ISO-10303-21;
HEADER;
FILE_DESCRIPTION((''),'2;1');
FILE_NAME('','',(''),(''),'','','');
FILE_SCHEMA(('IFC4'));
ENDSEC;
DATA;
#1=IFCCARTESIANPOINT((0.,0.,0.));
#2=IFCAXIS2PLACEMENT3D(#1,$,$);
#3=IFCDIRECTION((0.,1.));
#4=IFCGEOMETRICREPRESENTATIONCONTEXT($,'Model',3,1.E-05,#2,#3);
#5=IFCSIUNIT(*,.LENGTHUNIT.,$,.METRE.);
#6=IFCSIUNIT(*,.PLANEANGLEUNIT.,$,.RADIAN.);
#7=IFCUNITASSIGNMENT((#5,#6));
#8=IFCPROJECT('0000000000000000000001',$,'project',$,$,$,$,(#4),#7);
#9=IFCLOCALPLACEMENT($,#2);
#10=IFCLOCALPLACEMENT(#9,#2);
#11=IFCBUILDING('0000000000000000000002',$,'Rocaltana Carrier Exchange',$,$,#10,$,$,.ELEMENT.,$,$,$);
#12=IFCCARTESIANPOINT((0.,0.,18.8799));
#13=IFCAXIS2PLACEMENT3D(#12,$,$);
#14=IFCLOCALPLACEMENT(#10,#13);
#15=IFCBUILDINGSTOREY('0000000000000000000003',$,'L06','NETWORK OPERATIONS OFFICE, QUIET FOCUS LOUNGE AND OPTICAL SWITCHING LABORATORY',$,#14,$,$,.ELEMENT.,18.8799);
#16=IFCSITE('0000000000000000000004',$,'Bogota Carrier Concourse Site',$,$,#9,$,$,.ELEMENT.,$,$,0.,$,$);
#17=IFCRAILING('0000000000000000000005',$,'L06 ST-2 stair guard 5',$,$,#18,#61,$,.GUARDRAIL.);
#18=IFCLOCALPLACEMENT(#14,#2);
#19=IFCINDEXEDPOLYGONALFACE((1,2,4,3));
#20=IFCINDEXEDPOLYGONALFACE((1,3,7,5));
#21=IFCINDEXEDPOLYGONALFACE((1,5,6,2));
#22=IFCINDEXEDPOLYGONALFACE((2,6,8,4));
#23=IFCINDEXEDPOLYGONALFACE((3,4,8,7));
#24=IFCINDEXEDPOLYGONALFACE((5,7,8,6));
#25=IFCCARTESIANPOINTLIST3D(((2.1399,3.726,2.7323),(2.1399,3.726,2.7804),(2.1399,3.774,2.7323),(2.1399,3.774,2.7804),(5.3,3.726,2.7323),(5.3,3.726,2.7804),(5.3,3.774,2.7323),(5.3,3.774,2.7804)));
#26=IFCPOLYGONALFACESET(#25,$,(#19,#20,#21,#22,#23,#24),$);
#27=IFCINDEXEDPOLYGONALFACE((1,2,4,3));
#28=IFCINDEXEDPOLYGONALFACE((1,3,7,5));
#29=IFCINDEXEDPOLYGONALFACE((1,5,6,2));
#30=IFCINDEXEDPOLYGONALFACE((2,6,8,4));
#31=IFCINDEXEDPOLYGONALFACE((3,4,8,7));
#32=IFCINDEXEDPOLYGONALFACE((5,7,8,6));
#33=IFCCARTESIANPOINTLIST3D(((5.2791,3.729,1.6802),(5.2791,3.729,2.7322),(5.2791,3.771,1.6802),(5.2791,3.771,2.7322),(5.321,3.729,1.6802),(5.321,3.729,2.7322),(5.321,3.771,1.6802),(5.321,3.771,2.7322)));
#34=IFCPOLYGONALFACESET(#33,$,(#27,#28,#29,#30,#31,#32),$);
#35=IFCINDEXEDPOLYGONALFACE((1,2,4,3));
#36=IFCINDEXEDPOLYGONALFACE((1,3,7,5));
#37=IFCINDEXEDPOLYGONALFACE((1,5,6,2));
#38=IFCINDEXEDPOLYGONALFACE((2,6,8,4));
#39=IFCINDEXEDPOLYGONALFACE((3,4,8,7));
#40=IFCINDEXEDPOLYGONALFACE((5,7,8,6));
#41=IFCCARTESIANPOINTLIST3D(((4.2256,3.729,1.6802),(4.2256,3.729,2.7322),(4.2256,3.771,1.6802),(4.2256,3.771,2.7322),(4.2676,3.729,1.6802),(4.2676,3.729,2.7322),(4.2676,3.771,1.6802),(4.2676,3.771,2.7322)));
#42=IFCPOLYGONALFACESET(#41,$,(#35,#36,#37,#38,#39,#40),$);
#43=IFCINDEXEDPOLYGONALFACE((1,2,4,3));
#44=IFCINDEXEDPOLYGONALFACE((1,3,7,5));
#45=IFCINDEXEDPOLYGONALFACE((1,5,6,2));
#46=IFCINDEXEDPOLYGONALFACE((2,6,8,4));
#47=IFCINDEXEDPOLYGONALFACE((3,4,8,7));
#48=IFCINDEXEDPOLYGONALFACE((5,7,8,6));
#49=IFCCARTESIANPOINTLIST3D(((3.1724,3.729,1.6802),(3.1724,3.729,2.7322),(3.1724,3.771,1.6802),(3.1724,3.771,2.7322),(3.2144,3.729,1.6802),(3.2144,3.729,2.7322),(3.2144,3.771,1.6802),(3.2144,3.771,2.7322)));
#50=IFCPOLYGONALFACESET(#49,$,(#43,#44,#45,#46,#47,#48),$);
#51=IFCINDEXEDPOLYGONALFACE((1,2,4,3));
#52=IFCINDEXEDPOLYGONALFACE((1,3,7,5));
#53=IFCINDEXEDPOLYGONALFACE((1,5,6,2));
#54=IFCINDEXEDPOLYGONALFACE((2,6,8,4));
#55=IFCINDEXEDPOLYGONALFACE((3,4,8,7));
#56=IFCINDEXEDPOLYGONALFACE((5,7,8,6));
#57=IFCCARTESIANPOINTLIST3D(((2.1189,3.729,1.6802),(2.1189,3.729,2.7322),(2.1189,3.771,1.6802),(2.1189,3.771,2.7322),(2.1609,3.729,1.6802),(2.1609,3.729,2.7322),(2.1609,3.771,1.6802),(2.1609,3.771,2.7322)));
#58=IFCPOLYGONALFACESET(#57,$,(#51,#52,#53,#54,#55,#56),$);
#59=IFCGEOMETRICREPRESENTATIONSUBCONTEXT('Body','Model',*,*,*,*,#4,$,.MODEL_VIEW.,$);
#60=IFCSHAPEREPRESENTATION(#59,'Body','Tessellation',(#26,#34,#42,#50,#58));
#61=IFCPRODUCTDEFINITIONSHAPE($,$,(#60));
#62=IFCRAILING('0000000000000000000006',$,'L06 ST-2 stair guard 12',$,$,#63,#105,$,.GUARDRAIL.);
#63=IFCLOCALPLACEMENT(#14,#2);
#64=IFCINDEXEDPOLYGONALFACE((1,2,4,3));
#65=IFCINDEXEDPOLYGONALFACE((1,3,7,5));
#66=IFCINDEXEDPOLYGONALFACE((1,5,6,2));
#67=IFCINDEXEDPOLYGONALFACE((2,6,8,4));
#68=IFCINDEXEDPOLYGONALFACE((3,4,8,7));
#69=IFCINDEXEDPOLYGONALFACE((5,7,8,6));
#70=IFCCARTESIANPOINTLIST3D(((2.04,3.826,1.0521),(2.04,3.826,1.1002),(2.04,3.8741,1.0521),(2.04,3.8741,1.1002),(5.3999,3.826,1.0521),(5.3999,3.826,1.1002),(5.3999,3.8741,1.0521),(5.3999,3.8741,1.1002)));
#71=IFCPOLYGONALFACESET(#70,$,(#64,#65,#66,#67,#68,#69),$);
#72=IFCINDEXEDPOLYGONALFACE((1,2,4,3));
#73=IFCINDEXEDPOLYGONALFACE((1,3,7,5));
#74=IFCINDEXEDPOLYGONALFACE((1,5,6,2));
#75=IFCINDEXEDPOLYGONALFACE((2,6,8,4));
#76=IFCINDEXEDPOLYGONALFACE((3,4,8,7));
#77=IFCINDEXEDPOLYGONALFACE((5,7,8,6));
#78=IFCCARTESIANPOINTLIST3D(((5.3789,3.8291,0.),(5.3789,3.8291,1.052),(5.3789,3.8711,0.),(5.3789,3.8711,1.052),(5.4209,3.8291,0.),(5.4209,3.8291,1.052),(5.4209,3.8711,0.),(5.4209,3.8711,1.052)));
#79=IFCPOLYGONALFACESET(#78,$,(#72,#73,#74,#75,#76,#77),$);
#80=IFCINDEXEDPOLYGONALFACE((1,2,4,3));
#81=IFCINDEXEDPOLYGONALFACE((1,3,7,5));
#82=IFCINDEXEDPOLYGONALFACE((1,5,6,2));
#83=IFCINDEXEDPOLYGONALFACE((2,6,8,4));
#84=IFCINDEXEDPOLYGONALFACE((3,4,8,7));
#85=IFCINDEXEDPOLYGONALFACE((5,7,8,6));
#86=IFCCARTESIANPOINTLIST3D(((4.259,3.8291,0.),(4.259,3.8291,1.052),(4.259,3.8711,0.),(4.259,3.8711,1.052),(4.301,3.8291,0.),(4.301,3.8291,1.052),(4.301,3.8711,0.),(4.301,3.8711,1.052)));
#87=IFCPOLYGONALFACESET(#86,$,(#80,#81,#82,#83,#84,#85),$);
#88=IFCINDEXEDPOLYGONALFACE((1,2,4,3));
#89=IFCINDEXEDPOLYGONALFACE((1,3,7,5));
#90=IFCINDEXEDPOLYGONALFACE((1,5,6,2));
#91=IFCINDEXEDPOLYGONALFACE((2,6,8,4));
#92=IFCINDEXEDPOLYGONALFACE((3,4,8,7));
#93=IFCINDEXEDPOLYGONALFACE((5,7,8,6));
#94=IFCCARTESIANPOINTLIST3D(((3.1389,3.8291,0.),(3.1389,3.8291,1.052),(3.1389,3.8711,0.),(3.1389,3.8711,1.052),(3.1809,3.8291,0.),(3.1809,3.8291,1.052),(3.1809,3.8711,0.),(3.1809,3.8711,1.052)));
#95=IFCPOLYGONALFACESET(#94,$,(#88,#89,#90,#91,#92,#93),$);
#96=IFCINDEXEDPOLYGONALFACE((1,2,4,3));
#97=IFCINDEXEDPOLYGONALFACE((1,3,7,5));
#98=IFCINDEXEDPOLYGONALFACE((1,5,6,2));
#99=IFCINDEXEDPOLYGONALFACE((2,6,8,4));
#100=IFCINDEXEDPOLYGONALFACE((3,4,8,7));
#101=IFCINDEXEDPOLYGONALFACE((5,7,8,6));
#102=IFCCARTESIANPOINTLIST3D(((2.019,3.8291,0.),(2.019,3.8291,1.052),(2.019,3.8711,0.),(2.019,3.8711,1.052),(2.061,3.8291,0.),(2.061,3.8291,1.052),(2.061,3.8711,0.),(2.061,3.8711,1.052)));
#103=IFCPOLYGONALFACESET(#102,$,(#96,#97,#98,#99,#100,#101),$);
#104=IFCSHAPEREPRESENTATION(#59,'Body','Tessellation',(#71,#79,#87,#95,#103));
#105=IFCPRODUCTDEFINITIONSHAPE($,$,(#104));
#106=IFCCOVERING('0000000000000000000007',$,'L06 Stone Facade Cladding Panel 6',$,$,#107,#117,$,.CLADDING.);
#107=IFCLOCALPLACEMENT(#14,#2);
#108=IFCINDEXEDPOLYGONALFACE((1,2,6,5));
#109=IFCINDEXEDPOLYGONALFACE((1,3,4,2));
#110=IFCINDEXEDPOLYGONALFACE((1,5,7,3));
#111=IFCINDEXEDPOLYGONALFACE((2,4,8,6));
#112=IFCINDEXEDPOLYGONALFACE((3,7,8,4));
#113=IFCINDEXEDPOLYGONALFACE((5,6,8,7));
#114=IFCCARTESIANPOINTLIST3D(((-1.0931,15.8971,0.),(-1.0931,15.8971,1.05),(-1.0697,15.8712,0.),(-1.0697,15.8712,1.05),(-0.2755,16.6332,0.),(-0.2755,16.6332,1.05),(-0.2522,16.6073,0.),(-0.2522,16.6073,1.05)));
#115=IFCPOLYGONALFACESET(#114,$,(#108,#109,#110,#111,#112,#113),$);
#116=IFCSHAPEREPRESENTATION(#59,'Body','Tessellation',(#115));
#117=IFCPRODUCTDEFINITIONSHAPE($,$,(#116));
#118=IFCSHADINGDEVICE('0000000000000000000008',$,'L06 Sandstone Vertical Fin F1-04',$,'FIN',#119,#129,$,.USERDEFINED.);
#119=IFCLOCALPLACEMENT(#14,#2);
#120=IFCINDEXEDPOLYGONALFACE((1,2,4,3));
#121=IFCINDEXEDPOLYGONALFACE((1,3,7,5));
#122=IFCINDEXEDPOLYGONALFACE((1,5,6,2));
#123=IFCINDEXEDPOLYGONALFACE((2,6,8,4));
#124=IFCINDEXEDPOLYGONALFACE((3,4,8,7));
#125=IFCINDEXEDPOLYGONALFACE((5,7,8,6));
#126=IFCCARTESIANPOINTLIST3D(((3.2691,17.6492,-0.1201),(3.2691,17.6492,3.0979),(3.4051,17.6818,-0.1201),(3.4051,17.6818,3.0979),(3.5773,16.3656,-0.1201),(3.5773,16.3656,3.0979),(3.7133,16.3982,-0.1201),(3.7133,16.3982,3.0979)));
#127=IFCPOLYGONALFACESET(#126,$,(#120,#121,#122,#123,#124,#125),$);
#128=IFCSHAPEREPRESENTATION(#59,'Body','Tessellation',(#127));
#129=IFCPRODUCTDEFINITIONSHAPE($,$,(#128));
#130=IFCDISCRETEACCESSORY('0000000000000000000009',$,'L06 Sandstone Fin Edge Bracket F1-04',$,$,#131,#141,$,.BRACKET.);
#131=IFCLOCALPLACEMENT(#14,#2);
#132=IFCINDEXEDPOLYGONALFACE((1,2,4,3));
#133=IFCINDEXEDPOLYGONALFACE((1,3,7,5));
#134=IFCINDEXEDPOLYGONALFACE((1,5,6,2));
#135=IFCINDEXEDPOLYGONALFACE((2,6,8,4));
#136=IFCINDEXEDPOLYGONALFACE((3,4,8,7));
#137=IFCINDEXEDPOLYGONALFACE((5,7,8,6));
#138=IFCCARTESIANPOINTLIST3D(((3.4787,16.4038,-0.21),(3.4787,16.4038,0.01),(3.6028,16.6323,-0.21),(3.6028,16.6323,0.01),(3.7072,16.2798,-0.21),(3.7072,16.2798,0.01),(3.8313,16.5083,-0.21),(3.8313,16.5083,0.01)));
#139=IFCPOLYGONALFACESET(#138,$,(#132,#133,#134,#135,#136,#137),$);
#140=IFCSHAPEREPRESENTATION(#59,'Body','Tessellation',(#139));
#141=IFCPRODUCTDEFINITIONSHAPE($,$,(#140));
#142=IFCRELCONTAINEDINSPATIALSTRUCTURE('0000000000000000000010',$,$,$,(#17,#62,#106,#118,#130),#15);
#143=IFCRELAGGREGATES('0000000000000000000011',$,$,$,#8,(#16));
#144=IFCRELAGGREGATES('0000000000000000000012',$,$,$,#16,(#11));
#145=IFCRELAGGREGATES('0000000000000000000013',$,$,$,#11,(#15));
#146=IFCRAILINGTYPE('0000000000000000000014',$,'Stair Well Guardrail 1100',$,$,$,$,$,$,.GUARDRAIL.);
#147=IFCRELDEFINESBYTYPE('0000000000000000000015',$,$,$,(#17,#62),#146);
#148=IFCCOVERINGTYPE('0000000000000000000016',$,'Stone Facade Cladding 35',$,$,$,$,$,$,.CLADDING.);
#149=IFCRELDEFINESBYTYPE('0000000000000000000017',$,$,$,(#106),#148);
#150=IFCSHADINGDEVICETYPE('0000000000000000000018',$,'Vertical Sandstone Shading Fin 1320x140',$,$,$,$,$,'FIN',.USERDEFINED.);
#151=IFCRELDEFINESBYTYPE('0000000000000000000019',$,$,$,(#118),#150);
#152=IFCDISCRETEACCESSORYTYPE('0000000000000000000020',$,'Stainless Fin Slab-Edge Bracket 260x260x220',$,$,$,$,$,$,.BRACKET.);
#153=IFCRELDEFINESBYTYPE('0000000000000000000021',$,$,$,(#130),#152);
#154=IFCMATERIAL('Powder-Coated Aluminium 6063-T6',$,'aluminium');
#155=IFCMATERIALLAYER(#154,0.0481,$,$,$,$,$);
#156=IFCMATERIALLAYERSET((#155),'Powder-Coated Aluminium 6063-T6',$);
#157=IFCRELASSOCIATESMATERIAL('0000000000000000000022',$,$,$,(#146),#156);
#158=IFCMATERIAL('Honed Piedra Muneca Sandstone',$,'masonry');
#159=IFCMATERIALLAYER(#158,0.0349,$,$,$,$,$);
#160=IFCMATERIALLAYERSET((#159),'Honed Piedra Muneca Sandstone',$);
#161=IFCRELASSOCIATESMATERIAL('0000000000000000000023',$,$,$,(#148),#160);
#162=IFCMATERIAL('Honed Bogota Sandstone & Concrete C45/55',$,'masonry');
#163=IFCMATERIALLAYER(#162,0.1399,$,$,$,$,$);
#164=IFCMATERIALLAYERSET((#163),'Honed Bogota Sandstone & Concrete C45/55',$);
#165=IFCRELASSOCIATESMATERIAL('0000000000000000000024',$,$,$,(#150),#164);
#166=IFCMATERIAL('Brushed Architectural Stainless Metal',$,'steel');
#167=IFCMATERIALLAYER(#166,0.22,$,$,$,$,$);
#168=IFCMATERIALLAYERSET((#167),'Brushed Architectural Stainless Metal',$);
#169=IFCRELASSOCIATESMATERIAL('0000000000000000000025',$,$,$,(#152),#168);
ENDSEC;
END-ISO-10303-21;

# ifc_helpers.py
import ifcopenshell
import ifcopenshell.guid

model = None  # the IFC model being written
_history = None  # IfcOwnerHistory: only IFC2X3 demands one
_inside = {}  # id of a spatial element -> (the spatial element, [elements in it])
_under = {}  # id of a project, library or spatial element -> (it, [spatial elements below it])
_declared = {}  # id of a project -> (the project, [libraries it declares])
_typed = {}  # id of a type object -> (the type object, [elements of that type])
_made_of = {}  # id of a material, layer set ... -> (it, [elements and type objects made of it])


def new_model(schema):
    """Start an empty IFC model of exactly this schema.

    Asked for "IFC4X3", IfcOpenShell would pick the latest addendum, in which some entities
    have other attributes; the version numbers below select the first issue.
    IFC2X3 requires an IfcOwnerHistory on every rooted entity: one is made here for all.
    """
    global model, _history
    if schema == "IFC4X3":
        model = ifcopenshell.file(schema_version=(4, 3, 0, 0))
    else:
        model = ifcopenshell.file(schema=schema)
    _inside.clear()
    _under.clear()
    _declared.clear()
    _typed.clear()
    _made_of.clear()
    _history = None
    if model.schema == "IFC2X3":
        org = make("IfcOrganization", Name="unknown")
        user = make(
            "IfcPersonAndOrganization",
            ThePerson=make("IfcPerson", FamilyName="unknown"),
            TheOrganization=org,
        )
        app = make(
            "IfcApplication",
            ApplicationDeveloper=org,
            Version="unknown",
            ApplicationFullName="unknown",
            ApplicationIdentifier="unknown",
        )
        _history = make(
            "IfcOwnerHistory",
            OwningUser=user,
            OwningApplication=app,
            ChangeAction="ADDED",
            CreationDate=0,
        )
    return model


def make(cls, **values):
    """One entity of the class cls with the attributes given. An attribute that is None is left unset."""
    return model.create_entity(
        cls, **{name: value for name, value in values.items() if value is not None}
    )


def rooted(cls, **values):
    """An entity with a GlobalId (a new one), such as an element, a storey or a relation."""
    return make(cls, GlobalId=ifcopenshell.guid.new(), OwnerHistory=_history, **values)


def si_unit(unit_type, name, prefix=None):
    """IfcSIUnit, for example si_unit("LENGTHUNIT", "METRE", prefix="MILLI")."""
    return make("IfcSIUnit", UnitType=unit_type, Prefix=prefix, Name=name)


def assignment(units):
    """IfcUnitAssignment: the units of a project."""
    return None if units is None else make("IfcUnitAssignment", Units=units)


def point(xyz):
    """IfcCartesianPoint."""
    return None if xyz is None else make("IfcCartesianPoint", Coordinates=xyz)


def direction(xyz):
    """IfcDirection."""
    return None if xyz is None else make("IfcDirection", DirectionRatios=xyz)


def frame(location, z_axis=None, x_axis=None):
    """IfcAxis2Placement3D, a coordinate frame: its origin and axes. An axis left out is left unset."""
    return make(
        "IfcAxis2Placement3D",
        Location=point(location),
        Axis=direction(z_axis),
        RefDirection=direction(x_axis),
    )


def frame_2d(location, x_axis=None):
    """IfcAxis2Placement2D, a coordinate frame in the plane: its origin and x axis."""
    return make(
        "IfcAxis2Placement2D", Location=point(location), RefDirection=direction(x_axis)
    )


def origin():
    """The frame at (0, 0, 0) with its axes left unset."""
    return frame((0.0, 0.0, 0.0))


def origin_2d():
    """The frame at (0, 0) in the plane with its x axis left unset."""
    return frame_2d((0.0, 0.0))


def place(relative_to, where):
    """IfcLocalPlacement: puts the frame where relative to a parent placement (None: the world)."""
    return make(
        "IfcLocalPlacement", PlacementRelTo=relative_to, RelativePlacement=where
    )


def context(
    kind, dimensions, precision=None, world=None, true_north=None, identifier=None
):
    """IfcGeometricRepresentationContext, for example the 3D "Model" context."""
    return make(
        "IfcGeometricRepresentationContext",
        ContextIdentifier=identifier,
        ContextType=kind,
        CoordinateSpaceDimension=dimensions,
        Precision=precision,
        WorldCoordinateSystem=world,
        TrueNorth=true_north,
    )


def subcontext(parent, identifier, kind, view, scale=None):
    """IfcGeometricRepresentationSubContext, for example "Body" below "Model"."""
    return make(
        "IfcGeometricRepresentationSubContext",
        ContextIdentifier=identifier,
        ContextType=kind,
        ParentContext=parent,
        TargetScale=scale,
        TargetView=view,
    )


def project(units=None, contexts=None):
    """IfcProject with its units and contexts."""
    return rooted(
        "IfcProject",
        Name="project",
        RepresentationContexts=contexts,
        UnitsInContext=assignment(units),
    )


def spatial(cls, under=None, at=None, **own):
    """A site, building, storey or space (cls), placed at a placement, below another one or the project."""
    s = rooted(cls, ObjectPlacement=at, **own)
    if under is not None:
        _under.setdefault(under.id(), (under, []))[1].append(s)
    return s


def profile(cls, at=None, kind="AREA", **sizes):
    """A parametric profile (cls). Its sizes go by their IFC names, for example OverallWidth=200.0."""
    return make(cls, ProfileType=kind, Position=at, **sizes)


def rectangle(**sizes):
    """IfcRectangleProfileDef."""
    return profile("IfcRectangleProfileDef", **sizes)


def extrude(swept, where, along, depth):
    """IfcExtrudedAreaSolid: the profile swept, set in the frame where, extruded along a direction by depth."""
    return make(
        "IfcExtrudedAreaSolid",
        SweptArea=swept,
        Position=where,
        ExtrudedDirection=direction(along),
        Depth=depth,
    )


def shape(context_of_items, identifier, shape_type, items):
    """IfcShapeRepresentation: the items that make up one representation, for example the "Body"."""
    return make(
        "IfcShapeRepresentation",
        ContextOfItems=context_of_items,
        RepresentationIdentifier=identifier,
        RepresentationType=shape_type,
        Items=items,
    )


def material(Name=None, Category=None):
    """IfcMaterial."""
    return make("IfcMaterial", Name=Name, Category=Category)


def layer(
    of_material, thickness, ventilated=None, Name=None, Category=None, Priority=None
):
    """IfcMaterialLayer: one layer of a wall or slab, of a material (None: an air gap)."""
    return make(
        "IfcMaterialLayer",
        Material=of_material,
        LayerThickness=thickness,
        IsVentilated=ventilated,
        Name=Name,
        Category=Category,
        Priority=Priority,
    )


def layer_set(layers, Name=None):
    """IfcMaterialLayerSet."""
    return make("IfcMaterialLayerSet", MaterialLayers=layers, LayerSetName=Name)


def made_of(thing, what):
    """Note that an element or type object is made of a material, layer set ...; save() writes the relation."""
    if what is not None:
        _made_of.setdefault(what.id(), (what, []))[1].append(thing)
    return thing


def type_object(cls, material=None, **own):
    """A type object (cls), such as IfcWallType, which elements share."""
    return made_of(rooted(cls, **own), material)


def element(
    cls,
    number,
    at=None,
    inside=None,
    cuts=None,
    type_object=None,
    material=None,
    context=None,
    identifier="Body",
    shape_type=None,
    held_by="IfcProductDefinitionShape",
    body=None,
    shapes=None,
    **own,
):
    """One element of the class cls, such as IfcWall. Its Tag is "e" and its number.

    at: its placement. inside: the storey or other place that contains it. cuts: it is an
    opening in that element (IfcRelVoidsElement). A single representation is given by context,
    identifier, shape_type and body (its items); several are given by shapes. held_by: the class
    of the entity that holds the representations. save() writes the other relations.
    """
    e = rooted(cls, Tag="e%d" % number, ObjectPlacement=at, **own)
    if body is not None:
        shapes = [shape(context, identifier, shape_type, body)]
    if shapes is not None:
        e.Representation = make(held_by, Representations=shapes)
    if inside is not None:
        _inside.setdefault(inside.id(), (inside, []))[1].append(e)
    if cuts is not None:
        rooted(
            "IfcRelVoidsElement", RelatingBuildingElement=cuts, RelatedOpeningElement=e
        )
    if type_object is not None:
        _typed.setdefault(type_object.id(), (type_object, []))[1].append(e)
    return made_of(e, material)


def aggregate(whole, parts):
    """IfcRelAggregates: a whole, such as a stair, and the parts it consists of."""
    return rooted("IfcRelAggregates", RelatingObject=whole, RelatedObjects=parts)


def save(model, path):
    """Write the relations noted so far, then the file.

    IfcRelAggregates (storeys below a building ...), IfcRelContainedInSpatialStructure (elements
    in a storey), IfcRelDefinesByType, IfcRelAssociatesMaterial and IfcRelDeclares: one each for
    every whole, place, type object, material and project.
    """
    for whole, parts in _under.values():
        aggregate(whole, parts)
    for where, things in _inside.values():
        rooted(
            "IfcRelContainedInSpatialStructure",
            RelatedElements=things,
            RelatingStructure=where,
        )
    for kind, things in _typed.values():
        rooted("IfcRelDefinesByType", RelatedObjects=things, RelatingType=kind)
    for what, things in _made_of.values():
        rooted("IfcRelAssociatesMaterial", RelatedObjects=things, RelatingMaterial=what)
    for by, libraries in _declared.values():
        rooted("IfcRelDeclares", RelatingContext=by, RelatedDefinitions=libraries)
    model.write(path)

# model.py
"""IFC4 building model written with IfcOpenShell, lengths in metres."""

from ifc_helpers import new_model, si_unit, direction, frame, origin, origin_2d, place, context, subcontext, project, spatial, rectangle, extrude, material, layer, layer_set, type_object, element, save


model = new_model("IFC4")

# Units and contexts
model_context = context("Model", 3, precision=1e-05, world=origin(), true_north=direction((0.0, 1.0)))
body_context = subcontext(model_context, "Body", "Model", "MODEL_VIEW")
ifc_project = project(units=[si_unit("LENGTHUNIT", "METRE"), si_unit("PLANEANGLEUNIT", "RADIAN")], contexts=[model_context])

# Site, building, storey
site_placement = place(None, origin())
site = spatial("IfcSite", under=ifc_project, at=site_placement, Name="Bogota Carrier Concourse Site", CompositionType="ELEMENT", RefElevation=0.0)
building_placement = place(site_placement, origin())
building = spatial("IfcBuilding", under=site, at=building_placement, Name="Rocaltana Carrier Exchange", CompositionType="ELEMENT")
storey_placement = place(building_placement, frame((0.0, 0.0, 18.8799)))
storey = spatial("IfcBuildingStorey", under=building, at=storey_placement, Name="L06", Description="NETWORK OPERATIONS OFFICE, QUIET FOCUS LOUNGE AND OPTICAL SWITCHING LABORATORY", CompositionType="ELEMENT", Elevation=18.8799)

# Railings
ifc_material_1 = material(Name="Powder-Coated Aluminium 6063-T6", Category="aluminium")
ifc_layer_1 = layer(ifc_material_1, 0.0481)
ifc_layer_set_1 = layer_set([ifc_layer_1], Name="Powder-Coated Aluminium 6063-T6")
railing_type_1 = type_object("IfcRailingType", Name="Stair Well Guardrail 1100", PredefinedType="GUARDRAIL", material=ifc_layer_set_1)
railing_1_placement = place(storey_placement, frame((5.3, 3.75, 1.6802)))
element("IfcRailing", 1, at=railing_1_placement, inside=storey, type_object=railing_type_1, Name="L06 ST-2 stair guard 5", PredefinedType="GUARDRAIL", context=body_context, shape_type="SweptSolid", body=[
    extrude(rectangle(XDim=0.0481, YDim=0.0481, at=origin_2d()), frame((0.0, 0.0, 1.0762), z_axis=(-1.0, 0.0, 0.0), x_axis=(0.0, -1.0, 0.0)), (0.0, 0.0, 1.0), 3.1602),
    extrude(rectangle(XDim=0.042, YDim=0.042, at=origin_2d()), origin(), (0.0, 0.0, 1.0), 1.052),
    extrude(rectangle(XDim=0.042, YDim=0.042, at=origin_2d()), frame((-1.0535, 0.0, 0.0)), (0.0, 0.0, 1.0), 1.052),
    extrude(rectangle(XDim=0.042, YDim=0.042, at=origin_2d()), frame((-2.1067, 0.0, 0.0)), (0.0, 0.0, 1.0), 1.052),
    extrude(rectangle(XDim=0.042, YDim=0.042, at=origin_2d()), frame((-3.1602, 0.0, 0.0)), (0.0, 0.0, 1.0), 1.052),
])
railing_2_placement = place(storey_placement, frame((5.3999, 3.8501, 0.0)))
element("IfcRailing", 2, at=railing_2_placement, inside=storey, type_object=railing_type_1, Name="L06 ST-2 stair guard 12", PredefinedType="GUARDRAIL", context=body_context, shape_type="SweptSolid", body=[
    extrude(rectangle(XDim=0.0481, YDim=0.0481, at=origin_2d()), frame((0.0, 0.0, 1.0762), z_axis=(-1.0, 0.0, 0.0), x_axis=(0.0, -1.0, 0.0)), (0.0, 0.0, 1.0), 3.3599),
    extrude(rectangle(XDim=0.042, YDim=0.042, at=origin_2d()), origin(), (0.0, 0.0, 1.0), 1.052),
    extrude(rectangle(XDim=0.042, YDim=0.042, at=origin_2d()), frame((-1.1199, 0.0, 0.0)), (0.0, 0.0, 1.0), 1.052),
    extrude(rectangle(XDim=0.042, YDim=0.042, at=origin_2d()), frame((-2.24, 0.0, 0.0)), (0.0, 0.0, 1.0), 1.052),
    extrude(rectangle(XDim=0.042, YDim=0.042, at=origin_2d()), frame((-3.3599, 0.0, 0.0)), (0.0, 0.0, 1.0), 1.052),
])

# Covering
ifc_material_2 = material(Name="Honed Piedra Muneca Sandstone", Category="masonry")
ifc_layer_2 = layer(ifc_material_2, 0.0349)
ifc_layer_set_2 = layer_set([ifc_layer_2], Name="Honed Piedra Muneca Sandstone")
covering_type = type_object("IfcCoveringType", Name="Stone Facade Cladding 35", PredefinedType="CLADDING", material=ifc_layer_set_2)
covering_placement = place(storey_placement, frame((-0.6726, 16.2522, 0.0), z_axis=(0.0, 0.0, 1.0), x_axis=(0.743145, 0.669131, 0.0)))
element("IfcCovering", 3, at=covering_placement, inside=storey, type_object=covering_type, Name="L06 Stone Facade Cladding Panel 6", PredefinedType="CLADDING", context=body_context, shape_type="SweptSolid", body=[
    extrude(rectangle(XDim=1.1001, YDim=0.0349, at=origin_2d()), origin(), (0.0, 0.0, 1.0), 1.05),
])

# Shading device
ifc_material_3 = material(Name="Honed Bogota Sandstone & Concrete C45/55", Category="masonry")
ifc_layer_3 = layer(ifc_material_3, 0.1399)
ifc_layer_set_3 = layer_set([ifc_layer_3], Name="Honed Bogota Sandstone & Concrete C45/55")
shading_device_type = type_object("IfcShadingDeviceType", Name="Vertical Sandstone Shading Fin 1320x140", ElementType="FIN", PredefinedType="USERDEFINED", material=ifc_layer_set_3)
shading_device_placement = place(storey_placement, frame((3.4912, 17.0237, -0.1201), z_axis=(0.0, 0.0, 1.0), x_axis=(-0.233445, 0.97237, 0.0)))
element("IfcShadingDevice", 4, at=shading_device_placement, inside=storey, type_object=shading_device_type, Name="L06 Sandstone Vertical Fin F1-04", ObjectType="FIN", PredefinedType="USERDEFINED", context=body_context, shape_type="SweptSolid", body=[
    extrude(rectangle(XDim=1.3201, YDim=0.1399, at=origin_2d()), origin(), (0.0, 0.0, 1.0), 3.218),
])

# Discrete accessory
ifc_material_4 = material(Name="Brushed Architectural Stainless Metal", Category="steel")
ifc_layer_4 = layer(ifc_material_4, 0.22)
ifc_layer_set_4 = layer_set([ifc_layer_4], Name="Brushed Architectural Stainless Metal")
discrete_accessory_type = type_object("IfcDiscreteAccessoryType", Name="Stainless Fin Slab-Edge Bracket 260x260x220", PredefinedType="BRACKET", material=ifc_layer_set_4)
discrete_accessory_placement = place(storey_placement, frame((3.655, 16.4561, -0.21), z_axis=(0.0, 0.0, 1.0), x_axis=(-0.878817, 0.477159, 0.0)))
element("IfcDiscreteAccessory", 5, at=discrete_accessory_placement, inside=storey, type_object=discrete_accessory_type, Name="L06 Sandstone Fin Edge Bracket F1-04", PredefinedType="BRACKET", context=body_context, shape_type="SweptSolid", body=[
    extrude(rectangle(XDim=0.26, YDim=0.26, at=origin_2d()), origin(), (0.0, 0.0, 1.0), 0.22),
])

save(model, "model.ifc")
